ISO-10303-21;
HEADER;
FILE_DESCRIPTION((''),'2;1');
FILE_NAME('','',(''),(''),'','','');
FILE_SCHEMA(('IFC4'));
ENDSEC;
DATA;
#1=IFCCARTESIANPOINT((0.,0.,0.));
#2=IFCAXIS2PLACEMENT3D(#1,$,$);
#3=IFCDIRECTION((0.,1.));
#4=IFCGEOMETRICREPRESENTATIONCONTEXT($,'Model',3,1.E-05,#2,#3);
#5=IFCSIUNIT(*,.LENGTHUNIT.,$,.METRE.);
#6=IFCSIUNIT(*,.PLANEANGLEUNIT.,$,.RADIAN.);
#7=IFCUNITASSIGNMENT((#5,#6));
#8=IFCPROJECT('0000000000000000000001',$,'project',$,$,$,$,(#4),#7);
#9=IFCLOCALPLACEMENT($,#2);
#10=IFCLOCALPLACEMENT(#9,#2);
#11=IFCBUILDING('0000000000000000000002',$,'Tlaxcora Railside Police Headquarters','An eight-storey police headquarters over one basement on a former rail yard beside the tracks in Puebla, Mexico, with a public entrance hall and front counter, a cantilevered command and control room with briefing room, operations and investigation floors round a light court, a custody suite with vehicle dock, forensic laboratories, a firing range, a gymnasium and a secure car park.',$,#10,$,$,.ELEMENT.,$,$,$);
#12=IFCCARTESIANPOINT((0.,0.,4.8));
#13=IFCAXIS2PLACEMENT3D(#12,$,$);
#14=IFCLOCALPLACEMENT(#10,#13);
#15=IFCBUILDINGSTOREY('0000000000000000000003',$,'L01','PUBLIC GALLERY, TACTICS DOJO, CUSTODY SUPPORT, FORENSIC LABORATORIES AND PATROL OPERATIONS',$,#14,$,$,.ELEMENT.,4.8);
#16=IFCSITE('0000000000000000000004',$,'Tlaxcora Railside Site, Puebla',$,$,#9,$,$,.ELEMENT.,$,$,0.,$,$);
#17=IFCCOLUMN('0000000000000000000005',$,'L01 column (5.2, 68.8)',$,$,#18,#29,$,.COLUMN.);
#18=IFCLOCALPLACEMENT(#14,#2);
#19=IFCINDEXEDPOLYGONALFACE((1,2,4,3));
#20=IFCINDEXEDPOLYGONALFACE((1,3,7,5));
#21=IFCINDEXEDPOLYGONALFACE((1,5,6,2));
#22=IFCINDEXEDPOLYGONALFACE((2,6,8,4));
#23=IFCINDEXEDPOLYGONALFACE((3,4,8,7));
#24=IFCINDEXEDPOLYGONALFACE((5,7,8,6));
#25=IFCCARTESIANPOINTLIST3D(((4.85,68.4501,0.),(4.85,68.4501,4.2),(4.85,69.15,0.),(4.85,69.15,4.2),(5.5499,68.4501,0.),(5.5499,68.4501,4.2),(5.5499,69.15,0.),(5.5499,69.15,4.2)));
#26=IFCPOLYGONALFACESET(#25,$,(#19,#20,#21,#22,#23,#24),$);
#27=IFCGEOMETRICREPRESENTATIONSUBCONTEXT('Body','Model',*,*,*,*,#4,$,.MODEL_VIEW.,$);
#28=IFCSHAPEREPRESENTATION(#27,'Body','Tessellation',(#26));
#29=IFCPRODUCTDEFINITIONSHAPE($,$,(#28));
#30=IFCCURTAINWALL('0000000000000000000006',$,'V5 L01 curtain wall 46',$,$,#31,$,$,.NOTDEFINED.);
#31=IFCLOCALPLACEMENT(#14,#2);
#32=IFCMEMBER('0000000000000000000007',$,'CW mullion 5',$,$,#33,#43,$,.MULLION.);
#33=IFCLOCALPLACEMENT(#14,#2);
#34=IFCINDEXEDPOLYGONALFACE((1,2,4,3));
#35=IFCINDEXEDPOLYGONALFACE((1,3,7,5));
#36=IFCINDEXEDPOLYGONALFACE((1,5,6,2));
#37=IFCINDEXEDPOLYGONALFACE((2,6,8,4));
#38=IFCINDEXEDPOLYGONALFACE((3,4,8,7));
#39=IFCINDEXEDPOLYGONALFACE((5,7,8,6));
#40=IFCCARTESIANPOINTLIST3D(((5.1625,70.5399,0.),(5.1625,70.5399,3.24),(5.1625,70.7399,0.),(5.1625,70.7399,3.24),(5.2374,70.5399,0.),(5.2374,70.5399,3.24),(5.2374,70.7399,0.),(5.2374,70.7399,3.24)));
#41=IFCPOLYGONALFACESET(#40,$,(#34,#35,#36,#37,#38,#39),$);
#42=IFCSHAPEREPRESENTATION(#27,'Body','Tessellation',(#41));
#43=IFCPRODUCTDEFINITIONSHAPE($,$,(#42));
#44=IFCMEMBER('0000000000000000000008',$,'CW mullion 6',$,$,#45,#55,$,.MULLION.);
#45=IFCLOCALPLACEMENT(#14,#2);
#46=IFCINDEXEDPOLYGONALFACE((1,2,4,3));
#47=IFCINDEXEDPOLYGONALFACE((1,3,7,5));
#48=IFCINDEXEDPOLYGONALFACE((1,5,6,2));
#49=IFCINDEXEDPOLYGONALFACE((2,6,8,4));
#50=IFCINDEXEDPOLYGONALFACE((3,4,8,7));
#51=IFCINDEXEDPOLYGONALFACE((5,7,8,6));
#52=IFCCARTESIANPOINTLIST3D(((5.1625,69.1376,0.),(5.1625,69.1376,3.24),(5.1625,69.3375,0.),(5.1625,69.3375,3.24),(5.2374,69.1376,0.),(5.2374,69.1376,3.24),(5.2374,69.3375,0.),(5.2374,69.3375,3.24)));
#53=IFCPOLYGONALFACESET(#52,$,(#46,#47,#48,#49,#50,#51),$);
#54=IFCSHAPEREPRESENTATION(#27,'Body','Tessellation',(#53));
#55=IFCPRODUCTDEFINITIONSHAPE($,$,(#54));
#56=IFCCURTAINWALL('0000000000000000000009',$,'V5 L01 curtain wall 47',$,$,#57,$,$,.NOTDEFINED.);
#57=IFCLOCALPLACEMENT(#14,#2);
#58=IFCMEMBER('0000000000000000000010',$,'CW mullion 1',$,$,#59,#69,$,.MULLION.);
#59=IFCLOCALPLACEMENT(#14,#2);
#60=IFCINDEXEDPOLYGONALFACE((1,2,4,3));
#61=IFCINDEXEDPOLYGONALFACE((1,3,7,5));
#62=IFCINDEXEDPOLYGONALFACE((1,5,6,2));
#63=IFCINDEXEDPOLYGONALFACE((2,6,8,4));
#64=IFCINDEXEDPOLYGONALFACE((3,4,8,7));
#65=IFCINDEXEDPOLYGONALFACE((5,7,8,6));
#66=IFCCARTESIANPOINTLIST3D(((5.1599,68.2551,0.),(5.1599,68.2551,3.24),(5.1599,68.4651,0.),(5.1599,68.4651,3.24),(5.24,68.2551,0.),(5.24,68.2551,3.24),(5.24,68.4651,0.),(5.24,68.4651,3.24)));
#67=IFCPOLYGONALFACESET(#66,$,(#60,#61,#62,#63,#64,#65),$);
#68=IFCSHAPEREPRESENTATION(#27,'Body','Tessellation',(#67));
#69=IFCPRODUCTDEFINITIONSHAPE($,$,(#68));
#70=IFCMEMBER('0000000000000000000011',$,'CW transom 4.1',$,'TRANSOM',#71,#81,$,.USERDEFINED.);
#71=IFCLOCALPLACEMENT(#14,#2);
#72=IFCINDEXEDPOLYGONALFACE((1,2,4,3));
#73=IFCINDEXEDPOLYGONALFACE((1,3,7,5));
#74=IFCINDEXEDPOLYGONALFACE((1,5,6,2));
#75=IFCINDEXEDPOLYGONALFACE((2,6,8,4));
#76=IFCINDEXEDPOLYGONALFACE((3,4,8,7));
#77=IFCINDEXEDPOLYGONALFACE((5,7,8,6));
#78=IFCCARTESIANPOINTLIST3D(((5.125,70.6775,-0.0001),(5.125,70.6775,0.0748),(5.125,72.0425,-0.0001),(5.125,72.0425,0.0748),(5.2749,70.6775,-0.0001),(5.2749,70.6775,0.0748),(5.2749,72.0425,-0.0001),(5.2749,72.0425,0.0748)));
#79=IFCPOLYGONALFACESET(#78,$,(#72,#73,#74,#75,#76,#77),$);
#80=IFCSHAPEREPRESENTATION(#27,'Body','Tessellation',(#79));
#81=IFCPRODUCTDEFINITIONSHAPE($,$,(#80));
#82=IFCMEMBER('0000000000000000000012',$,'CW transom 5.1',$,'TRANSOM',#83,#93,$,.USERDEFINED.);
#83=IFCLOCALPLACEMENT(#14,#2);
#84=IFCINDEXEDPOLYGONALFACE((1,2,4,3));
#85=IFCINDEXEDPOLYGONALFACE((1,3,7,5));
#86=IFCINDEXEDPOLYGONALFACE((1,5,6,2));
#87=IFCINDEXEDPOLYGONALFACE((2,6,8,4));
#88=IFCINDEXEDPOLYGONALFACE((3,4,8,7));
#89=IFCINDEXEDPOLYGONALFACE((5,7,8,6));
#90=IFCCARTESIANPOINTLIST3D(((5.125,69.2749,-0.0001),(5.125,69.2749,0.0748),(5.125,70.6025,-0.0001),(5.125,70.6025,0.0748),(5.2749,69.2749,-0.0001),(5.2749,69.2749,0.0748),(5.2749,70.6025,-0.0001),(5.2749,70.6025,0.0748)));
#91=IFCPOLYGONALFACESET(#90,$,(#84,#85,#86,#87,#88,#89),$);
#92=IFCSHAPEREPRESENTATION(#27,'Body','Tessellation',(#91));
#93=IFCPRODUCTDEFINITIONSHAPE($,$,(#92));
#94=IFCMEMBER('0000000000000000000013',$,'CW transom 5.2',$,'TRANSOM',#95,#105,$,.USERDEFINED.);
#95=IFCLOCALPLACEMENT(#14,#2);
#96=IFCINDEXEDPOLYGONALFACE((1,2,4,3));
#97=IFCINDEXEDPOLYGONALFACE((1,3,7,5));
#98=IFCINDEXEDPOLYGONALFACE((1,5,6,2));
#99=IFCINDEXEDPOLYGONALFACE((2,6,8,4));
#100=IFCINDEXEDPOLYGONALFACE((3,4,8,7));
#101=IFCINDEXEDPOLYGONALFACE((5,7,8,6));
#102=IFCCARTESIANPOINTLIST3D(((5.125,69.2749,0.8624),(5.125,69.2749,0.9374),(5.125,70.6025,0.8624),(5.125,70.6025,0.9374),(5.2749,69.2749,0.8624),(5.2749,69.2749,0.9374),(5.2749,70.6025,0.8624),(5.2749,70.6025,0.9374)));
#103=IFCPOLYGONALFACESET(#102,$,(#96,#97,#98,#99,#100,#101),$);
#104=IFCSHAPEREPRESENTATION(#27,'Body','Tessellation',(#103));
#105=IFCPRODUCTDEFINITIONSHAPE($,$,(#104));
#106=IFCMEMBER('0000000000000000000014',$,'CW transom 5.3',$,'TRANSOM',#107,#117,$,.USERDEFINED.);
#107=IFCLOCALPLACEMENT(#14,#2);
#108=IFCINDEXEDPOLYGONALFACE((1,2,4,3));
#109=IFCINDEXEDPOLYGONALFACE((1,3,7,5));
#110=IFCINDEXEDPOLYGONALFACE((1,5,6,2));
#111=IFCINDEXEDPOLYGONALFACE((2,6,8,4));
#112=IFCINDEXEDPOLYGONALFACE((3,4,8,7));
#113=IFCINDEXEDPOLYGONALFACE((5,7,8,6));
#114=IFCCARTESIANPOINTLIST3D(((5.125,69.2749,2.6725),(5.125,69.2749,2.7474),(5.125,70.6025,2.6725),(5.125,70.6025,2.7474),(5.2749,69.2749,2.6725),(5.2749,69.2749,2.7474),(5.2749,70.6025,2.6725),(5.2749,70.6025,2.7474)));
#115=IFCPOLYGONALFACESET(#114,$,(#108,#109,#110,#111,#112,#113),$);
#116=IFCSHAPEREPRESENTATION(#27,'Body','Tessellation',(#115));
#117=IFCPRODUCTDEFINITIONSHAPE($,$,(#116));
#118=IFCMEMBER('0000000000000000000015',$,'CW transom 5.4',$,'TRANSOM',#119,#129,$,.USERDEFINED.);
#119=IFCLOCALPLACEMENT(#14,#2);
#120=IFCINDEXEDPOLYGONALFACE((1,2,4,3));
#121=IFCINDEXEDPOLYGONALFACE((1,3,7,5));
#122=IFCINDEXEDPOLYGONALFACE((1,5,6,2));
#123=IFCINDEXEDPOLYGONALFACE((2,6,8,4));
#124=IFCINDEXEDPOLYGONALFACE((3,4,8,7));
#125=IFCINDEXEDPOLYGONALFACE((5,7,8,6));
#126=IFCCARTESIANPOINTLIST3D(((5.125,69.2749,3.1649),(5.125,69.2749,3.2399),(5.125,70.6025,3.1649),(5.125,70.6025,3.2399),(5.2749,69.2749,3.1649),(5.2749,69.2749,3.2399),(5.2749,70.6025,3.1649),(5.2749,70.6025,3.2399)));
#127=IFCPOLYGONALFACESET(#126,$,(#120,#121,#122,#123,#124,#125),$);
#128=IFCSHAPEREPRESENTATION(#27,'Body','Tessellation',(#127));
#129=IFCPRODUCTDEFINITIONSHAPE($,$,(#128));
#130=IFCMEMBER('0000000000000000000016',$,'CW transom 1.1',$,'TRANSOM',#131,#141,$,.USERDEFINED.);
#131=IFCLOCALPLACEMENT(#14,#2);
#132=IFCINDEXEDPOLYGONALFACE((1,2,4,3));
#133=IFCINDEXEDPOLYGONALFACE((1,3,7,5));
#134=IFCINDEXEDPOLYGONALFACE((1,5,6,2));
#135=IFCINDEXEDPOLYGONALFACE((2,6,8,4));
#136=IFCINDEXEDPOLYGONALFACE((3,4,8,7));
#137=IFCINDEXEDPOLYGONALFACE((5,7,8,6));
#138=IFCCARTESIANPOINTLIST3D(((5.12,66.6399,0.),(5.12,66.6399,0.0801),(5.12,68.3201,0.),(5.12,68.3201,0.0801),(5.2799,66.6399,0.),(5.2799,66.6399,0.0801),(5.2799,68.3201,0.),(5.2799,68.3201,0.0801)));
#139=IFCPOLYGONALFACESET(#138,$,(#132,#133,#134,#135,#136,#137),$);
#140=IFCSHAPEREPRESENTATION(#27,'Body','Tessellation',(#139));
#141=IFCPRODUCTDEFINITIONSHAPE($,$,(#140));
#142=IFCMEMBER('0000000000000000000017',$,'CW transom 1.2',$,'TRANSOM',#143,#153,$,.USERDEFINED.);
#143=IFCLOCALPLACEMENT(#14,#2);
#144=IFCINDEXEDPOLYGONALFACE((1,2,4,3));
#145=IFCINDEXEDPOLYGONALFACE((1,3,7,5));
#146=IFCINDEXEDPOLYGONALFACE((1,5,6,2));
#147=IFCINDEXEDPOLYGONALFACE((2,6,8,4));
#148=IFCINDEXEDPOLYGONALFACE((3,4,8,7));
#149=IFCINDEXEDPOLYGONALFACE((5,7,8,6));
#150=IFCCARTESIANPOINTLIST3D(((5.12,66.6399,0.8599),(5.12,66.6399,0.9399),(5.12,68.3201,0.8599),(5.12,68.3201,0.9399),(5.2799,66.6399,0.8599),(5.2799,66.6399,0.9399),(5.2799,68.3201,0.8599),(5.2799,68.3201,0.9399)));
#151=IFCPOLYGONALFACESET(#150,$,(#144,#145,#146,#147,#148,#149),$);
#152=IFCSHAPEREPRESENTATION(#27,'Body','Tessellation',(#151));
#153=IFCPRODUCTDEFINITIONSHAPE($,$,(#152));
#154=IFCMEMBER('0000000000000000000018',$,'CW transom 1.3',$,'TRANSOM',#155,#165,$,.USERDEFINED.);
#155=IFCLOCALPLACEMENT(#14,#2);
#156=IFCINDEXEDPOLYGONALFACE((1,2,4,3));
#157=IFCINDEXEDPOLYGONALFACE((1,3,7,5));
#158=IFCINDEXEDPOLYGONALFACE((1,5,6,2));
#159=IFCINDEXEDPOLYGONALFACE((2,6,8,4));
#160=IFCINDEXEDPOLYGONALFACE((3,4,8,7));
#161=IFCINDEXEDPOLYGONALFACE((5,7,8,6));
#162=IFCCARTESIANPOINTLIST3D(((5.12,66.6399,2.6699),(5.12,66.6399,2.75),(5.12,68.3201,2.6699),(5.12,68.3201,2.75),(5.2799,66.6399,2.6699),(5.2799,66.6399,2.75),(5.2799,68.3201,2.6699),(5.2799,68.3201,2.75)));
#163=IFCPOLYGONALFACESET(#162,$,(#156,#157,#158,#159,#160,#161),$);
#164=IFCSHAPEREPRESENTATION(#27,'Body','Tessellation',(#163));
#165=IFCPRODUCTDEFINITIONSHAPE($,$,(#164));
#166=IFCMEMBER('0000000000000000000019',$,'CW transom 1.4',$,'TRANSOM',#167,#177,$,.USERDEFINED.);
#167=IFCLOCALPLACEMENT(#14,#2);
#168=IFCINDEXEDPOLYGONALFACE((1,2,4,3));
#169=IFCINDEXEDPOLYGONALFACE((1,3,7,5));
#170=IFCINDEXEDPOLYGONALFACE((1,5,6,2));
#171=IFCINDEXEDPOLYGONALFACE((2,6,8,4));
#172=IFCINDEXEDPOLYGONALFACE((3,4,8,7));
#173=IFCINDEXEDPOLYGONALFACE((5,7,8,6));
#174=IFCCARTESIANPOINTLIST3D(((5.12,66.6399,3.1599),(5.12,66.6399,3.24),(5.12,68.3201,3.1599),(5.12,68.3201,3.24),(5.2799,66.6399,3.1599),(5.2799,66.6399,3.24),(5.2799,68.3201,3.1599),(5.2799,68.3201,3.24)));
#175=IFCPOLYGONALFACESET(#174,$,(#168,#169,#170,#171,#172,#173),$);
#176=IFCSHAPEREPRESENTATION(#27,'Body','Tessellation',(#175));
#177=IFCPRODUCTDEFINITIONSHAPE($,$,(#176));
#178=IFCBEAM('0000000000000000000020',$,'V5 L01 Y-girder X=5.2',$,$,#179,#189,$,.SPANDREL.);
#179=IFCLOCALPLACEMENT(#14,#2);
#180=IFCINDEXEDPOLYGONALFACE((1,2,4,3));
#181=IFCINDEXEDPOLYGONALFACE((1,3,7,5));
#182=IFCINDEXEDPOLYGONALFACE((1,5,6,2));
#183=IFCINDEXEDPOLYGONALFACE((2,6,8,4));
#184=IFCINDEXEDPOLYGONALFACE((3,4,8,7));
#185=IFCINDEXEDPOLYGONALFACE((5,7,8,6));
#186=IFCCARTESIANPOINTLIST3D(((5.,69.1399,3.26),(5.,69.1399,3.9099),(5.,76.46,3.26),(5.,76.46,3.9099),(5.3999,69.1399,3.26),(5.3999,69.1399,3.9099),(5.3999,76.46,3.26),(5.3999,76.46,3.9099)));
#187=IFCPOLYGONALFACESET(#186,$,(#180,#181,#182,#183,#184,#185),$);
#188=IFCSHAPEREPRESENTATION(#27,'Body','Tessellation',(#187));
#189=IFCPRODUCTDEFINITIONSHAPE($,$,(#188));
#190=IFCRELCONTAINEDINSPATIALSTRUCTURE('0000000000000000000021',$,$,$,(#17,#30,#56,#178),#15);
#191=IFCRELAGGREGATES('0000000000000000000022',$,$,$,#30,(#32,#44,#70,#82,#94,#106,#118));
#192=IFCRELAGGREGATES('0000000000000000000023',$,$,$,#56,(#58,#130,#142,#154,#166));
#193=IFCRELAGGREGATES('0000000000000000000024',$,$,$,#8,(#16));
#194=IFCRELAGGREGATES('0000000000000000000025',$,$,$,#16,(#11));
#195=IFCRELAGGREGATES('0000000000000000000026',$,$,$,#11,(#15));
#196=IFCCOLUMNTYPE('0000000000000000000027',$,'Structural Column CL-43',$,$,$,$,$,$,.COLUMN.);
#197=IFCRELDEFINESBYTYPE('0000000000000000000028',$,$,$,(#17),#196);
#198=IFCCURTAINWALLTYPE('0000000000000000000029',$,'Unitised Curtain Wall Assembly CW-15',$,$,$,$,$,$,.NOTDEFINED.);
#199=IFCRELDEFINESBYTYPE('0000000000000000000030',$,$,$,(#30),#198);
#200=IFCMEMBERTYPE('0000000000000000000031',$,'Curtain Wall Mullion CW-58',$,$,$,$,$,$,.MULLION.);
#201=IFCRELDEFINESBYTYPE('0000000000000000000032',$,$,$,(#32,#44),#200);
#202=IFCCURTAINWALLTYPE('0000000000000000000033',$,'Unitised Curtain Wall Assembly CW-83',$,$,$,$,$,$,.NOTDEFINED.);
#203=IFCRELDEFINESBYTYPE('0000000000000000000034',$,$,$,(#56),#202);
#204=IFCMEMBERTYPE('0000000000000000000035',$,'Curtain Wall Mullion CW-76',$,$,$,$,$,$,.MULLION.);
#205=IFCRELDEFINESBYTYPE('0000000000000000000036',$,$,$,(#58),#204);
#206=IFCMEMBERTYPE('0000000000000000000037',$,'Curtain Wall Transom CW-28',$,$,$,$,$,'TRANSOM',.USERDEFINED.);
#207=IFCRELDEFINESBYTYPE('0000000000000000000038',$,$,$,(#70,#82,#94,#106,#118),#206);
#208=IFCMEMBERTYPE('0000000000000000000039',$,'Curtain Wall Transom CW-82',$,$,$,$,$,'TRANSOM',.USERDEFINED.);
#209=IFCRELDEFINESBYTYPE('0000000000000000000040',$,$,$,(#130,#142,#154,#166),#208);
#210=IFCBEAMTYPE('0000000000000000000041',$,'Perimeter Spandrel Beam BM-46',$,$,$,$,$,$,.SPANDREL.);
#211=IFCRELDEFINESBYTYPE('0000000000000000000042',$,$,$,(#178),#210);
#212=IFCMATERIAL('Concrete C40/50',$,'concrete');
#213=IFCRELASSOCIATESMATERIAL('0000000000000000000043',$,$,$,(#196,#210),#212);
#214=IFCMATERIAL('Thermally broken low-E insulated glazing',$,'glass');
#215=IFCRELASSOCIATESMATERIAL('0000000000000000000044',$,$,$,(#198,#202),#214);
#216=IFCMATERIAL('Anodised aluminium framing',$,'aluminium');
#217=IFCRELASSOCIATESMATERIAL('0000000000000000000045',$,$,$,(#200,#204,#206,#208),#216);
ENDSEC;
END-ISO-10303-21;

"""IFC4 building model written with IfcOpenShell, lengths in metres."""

from ifc_helpers import new_model, si_unit, direction, frame, origin, origin_2d, place, context, subcontext, project, spatial, rectangle, extrude, material, material_profile, profile_set, type_object, element, aggregate, save


model = new_model("IFC4")

# Units and contexts
model_context = context("Model", 3, precision=1e-05, world=origin(), true_north=direction((0.0, 1.0)))
body_context = subcontext(model_context, "Body", "Model", "MODEL_VIEW")
ifc_project = project(units=[si_unit("LENGTHUNIT", "METRE"), si_unit("PLANEANGLEUNIT", "RADIAN")], contexts=[model_context])

# Site, building, storey
site_placement = place(None, origin())
site = spatial("IfcSite", under=ifc_project, at=site_placement, Name="Tlaxcora Railside Site, Puebla", CompositionType="ELEMENT", RefElevation=0.0)
building_placement = place(site_placement, origin())
building = spatial("IfcBuilding", under=site, at=building_placement, Name="Tlaxcora Railside Police Headquarters", Description="An eight-storey police headquarters over one basement on a former rail yard beside the tracks in Puebla, Mexico, with a public entrance hall and front counter, a cantilevered command and control room with briefing room, operations and investigation floors round a light court, a custody suite with vehicle dock, forensic laboratories, a firing range, a gymnasium and a secure car park.", CompositionType="ELEMENT")
storey_placement = place(building_placement, frame((0.0, 0.0, 4.8)))
storey = spatial("IfcBuildingStorey", under=building, at=storey_placement, Name="L01", Description="PUBLIC GALLERY, TACTICS DOJO, CUSTODY SUPPORT, FORENSIC LABORATORIES AND PATROL OPERATIONS", CompositionType="ELEMENT", Elevation=4.8)

# Column
ifc_material_1 = material(Name="Concrete C40/50", Category="concrete")
ifc_material_profile_1 = material_profile(ifc_material_1, rectangle(XDim=0.7, YDim=0.7, at=origin_2d()), Name="RC700X700")
ifc_profile_set_1 = profile_set([ifc_material_profile_1], Name="Concrete C40/50")
column_type = type_object("IfcColumnType", Name="Structural Column CL-43", PredefinedType="COLUMN", material=ifc_profile_set_1)
column_placement = place(storey_placement, frame((5.2, 68.8, 0.0), z_axis=(0.0, 0.0, 1.0), x_axis=(1.0, 0.0, 0.0)))
element("IfcColumn", 1, at=column_placement, inside=storey, type_object=column_type, Name="L01 column (5.2, 68.8)", PredefinedType="COLUMN", context=body_context, shape_type="SweptSolid", body=[
    extrude(rectangle(XDim=0.7, YDim=0.7, at=origin_2d()), origin(), (0.0, 0.0, 1.0), 4.2),
])

# Curtain wall, members
ifc_material_2 = material(Name="Thermally broken low-E insulated glazing", Category="glass")
curtain_wall_type_1 = type_object("IfcCurtainWallType", Name="Unitised Curtain Wall Assembly CW-15", PredefinedType="NOTDEFINED", material=ifc_material_2)
curtain_wall_1_placement = place(storey_placement, origin())
curtain_wall_1 = element("IfcCurtainWall", 2, at=curtain_wall_1_placement, inside=storey, type_object=curtain_wall_type_1, Name="V5 L01 curtain wall 46", PredefinedType="NOTDEFINED")
ifc_material_3 = material(Name="Anodised aluminium framing", Category="aluminium")
ifc_material_profile_2 = material_profile(ifc_material_3, rectangle(XDim=0.075, YDim=0.2, at=origin_2d()), Name="AL75X200")
ifc_profile_set_2 = profile_set([ifc_material_profile_2], Name="Anodised aluminium framing")
member_type_1 = type_object("IfcMemberType", Name="Curtain Wall Mullion CW-58", PredefinedType="MULLION", material=ifc_profile_set_2)
member_1_placement = place(storey_placement, frame((5.2, 70.6399, 0.0), z_axis=(0.0, 0.0, 1.0), x_axis=(1.0, 0.0, 0.0)))
member_1 = element("IfcMember", 3, at=member_1_placement, type_object=member_type_1, Name="CW mullion 5", PredefinedType="MULLION", context=body_context, shape_type="SweptSolid", body=[
    extrude(rectangle(XDim=0.075, YDim=0.2, at=origin_2d()), origin(), (0.0, 0.0, 1.0), 3.24),
])
member_2_placement = place(storey_placement, frame((5.2, 69.2375, 0.0), z_axis=(0.0, 0.0, 1.0), x_axis=(1.0, 0.0, 0.0)))
member_2 = element("IfcMember", 4, at=member_2_placement, type_object=member_type_1, Name="CW mullion 6", PredefinedType="MULLION", context=body_context, shape_type="SweptSolid", body=[
    extrude(rectangle(XDim=0.075, YDim=0.2, at=origin_2d()), origin(), (0.0, 0.0, 1.0), 3.24),
])

# Curtain wall, member
curtain_wall_type_2 = type_object("IfcCurtainWallType", Name="Unitised Curtain Wall Assembly CW-83", PredefinedType="NOTDEFINED", material=ifc_material_2)
curtain_wall_2_placement = place(storey_placement, origin())
curtain_wall_2 = element("IfcCurtainWall", 5, at=curtain_wall_2_placement, inside=storey, type_object=curtain_wall_type_2, Name="V5 L01 curtain wall 47", PredefinedType="NOTDEFINED")
ifc_material_profile_3 = material_profile(ifc_material_3, rectangle(XDim=0.0801, YDim=0.21, at=origin_2d()), Name="AL80X210")
ifc_profile_set_3 = profile_set([ifc_material_profile_3], Name="Anodised aluminium framing")
member_type_2 = type_object("IfcMemberType", Name="Curtain Wall Mullion CW-76", PredefinedType="MULLION", material=ifc_profile_set_3)
member_3_placement = place(storey_placement, frame((5.2, 68.3601, 0.0), z_axis=(0.0, 0.0, 1.0), x_axis=(1.0, 0.0, 0.0)))
member_3 = element("IfcMember", 6, at=member_3_placement, type_object=member_type_2, Name="CW mullion 1", PredefinedType="MULLION", context=body_context, shape_type="SweptSolid", body=[
    extrude(rectangle(XDim=0.0801, YDim=0.21, at=origin_2d()), origin(), (0.0, 0.0, 1.0), 3.24),
])

# Members
ifc_material_profile_4 = material_profile(ifc_material_3, rectangle(XDim=0.1499, YDim=0.075, at=origin_2d()), Name="AL75X150")
ifc_profile_set_4 = profile_set([ifc_material_profile_4], Name="Anodised aluminium framing")
member_type_3 = type_object("IfcMemberType", Name="Curtain Wall Transom CW-28", ElementType="TRANSOM", PredefinedType="USERDEFINED", material=ifc_profile_set_4)
member_4_placement = place(storey_placement, frame((5.2, 72.0425, 0.0374), z_axis=(0.0, -1.0, 0.0), x_axis=(1.0, 0.0, 0.0)))
member_4 = element("IfcMember", 7, at=member_4_placement, type_object=member_type_3, Name="CW transom 4.1", ObjectType="TRANSOM", PredefinedType="USERDEFINED", context=body_context, shape_type="SweptSolid", body=[
    extrude(rectangle(XDim=0.1499, YDim=0.075, at=origin_2d()), origin(), (0.0, 0.0, 1.0), 1.365),
])
member_5_placement = place(storey_placement, frame((5.2, 70.6025, 0.0374), z_axis=(0.0, -1.0, 0.0), x_axis=(1.0, 0.0, 0.0)))
member_5 = element("IfcMember", 8, at=member_5_placement, type_object=member_type_3, Name="CW transom 5.1", ObjectType="TRANSOM", PredefinedType="USERDEFINED", context=body_context, shape_type="SweptSolid", body=[
    extrude(rectangle(XDim=0.1499, YDim=0.075, at=origin_2d()), origin(), (0.0, 0.0, 1.0), 1.3276),
])
member_6_placement = place(storey_placement, frame((5.2, 70.6025, 0.8999), z_axis=(0.0, -1.0, 0.0), x_axis=(1.0, 0.0, 0.0)))
member_6 = element("IfcMember", 9, at=member_6_placement, type_object=member_type_3, Name="CW transom 5.2", ObjectType="TRANSOM", PredefinedType="USERDEFINED", context=body_context, shape_type="SweptSolid", body=[
    extrude(rectangle(XDim=0.1499, YDim=0.075, at=origin_2d()), origin(), (0.0, 0.0, 1.0), 1.3276),
])
member_7_placement = place(storey_placement, frame((5.2, 70.6025, 2.71), z_axis=(0.0, -1.0, 0.0), x_axis=(1.0, 0.0, 0.0)))
member_7 = element("IfcMember", 10, at=member_7_placement, type_object=member_type_3, Name="CW transom 5.3", ObjectType="TRANSOM", PredefinedType="USERDEFINED", context=body_context, shape_type="SweptSolid", body=[
    extrude(rectangle(XDim=0.1499, YDim=0.075, at=origin_2d()), origin(), (0.0, 0.0, 1.0), 1.3276),
])
member_8_placement = place(storey_placement, frame((5.2, 70.6025, 3.2024), z_axis=(0.0, -1.0, 0.0), x_axis=(1.0, 0.0, 0.0)))
member_8 = element("IfcMember", 11, at=member_8_placement, type_object=member_type_3, Name="CW transom 5.4", ObjectType="TRANSOM", PredefinedType="USERDEFINED", context=body_context, shape_type="SweptSolid", body=[
    extrude(rectangle(XDim=0.1499, YDim=0.075, at=origin_2d()), origin(), (0.0, 0.0, 1.0), 1.3276),
])
ifc_material_profile_5 = material_profile(ifc_material_3, rectangle(XDim=0.1599, YDim=0.0801, at=origin_2d()), Name="AL80X160")
ifc_profile_set_5 = profile_set([ifc_material_profile_5], Name="Anodised aluminium framing")
member_type_4 = type_object("IfcMemberType", Name="Curtain Wall Transom CW-82", ElementType="TRANSOM", PredefinedType="USERDEFINED", material=ifc_profile_set_5)
member_9_placement = place(storey_placement, frame((5.2, 68.3201, 0.04), z_axis=(0.0, -1.0, 0.0), x_axis=(1.0, 0.0, 0.0)))
member_9 = element("IfcMember", 12, at=member_9_placement, type_object=member_type_4, Name="CW transom 1.1", ObjectType="TRANSOM", PredefinedType="USERDEFINED", context=body_context, shape_type="SweptSolid", body=[
    extrude(rectangle(XDim=0.1599, YDim=0.0801, at=origin_2d()), origin(), (0.0, 0.0, 1.0), 1.6802),
])
member_10_placement = place(storey_placement, frame((5.2, 68.3201, 0.8999), z_axis=(0.0, -1.0, 0.0), x_axis=(1.0, 0.0, 0.0)))
member_10 = element("IfcMember", 13, at=member_10_placement, type_object=member_type_4, Name="CW transom 1.2", ObjectType="TRANSOM", PredefinedType="USERDEFINED", context=body_context, shape_type="SweptSolid", body=[
    extrude(rectangle(XDim=0.1599, YDim=0.0801, at=origin_2d()), origin(), (0.0, 0.0, 1.0), 1.6802),
])
member_11_placement = place(storey_placement, frame((5.2, 68.3201, 2.71), z_axis=(0.0, -1.0, 0.0), x_axis=(1.0, 0.0, 0.0)))
member_11 = element("IfcMember", 14, at=member_11_placement, type_object=member_type_4, Name="CW transom 1.3", ObjectType="TRANSOM", PredefinedType="USERDEFINED", context=body_context, shape_type="SweptSolid", body=[
    extrude(rectangle(XDim=0.1599, YDim=0.0801, at=origin_2d()), origin(), (0.0, 0.0, 1.0), 1.6802),
])
member_12_placement = place(storey_placement, frame((5.2, 68.3201, 3.2), z_axis=(0.0, -1.0, 0.0), x_axis=(1.0, 0.0, 0.0)))
member_12 = element("IfcMember", 15, at=member_12_placement, type_object=member_type_4, Name="CW transom 1.4", ObjectType="TRANSOM", PredefinedType="USERDEFINED", context=body_context, shape_type="SweptSolid", body=[
    extrude(rectangle(XDim=0.1599, YDim=0.0801, at=origin_2d()), origin(), (0.0, 0.0, 1.0), 1.6802),
])

# Beam
ifc_material_profile_6 = material_profile(ifc_material_1, rectangle(XDim=0.3999, YDim=0.6499, at=origin_2d()), Name="RC400X650")
ifc_profile_set_6 = profile_set([ifc_material_profile_6], Name="Concrete C40/50")
beam_type = type_object("IfcBeamType", Name="Perimeter Spandrel Beam BM-46", PredefinedType="SPANDREL", material=ifc_profile_set_6)
beam_placement = place(storey_placement, frame((5.2, 69.1399, 3.585), z_axis=(0.0, 1.0, 0.0), x_axis=(-1.0, 0.0, 0.0)))
element("IfcBeam", 16, at=beam_placement, inside=storey, type_object=beam_type, Name="V5 L01 Y-girder X=5.2", PredefinedType="SPANDREL", context=body_context, shape_type="SweptSolid", body=[
    extrude(rectangle(XDim=0.3999, YDim=0.6499, at=origin_2d()), origin(), (0.0, 0.0, 1.0), 7.3201),
])

aggregate(curtain_wall_1, [member_1, member_2, member_4, member_5, member_6, member_7, member_8])
aggregate(curtain_wall_2, [member_3, member_9, member_10, member_11, member_12])

save(model, "model.ifc")
